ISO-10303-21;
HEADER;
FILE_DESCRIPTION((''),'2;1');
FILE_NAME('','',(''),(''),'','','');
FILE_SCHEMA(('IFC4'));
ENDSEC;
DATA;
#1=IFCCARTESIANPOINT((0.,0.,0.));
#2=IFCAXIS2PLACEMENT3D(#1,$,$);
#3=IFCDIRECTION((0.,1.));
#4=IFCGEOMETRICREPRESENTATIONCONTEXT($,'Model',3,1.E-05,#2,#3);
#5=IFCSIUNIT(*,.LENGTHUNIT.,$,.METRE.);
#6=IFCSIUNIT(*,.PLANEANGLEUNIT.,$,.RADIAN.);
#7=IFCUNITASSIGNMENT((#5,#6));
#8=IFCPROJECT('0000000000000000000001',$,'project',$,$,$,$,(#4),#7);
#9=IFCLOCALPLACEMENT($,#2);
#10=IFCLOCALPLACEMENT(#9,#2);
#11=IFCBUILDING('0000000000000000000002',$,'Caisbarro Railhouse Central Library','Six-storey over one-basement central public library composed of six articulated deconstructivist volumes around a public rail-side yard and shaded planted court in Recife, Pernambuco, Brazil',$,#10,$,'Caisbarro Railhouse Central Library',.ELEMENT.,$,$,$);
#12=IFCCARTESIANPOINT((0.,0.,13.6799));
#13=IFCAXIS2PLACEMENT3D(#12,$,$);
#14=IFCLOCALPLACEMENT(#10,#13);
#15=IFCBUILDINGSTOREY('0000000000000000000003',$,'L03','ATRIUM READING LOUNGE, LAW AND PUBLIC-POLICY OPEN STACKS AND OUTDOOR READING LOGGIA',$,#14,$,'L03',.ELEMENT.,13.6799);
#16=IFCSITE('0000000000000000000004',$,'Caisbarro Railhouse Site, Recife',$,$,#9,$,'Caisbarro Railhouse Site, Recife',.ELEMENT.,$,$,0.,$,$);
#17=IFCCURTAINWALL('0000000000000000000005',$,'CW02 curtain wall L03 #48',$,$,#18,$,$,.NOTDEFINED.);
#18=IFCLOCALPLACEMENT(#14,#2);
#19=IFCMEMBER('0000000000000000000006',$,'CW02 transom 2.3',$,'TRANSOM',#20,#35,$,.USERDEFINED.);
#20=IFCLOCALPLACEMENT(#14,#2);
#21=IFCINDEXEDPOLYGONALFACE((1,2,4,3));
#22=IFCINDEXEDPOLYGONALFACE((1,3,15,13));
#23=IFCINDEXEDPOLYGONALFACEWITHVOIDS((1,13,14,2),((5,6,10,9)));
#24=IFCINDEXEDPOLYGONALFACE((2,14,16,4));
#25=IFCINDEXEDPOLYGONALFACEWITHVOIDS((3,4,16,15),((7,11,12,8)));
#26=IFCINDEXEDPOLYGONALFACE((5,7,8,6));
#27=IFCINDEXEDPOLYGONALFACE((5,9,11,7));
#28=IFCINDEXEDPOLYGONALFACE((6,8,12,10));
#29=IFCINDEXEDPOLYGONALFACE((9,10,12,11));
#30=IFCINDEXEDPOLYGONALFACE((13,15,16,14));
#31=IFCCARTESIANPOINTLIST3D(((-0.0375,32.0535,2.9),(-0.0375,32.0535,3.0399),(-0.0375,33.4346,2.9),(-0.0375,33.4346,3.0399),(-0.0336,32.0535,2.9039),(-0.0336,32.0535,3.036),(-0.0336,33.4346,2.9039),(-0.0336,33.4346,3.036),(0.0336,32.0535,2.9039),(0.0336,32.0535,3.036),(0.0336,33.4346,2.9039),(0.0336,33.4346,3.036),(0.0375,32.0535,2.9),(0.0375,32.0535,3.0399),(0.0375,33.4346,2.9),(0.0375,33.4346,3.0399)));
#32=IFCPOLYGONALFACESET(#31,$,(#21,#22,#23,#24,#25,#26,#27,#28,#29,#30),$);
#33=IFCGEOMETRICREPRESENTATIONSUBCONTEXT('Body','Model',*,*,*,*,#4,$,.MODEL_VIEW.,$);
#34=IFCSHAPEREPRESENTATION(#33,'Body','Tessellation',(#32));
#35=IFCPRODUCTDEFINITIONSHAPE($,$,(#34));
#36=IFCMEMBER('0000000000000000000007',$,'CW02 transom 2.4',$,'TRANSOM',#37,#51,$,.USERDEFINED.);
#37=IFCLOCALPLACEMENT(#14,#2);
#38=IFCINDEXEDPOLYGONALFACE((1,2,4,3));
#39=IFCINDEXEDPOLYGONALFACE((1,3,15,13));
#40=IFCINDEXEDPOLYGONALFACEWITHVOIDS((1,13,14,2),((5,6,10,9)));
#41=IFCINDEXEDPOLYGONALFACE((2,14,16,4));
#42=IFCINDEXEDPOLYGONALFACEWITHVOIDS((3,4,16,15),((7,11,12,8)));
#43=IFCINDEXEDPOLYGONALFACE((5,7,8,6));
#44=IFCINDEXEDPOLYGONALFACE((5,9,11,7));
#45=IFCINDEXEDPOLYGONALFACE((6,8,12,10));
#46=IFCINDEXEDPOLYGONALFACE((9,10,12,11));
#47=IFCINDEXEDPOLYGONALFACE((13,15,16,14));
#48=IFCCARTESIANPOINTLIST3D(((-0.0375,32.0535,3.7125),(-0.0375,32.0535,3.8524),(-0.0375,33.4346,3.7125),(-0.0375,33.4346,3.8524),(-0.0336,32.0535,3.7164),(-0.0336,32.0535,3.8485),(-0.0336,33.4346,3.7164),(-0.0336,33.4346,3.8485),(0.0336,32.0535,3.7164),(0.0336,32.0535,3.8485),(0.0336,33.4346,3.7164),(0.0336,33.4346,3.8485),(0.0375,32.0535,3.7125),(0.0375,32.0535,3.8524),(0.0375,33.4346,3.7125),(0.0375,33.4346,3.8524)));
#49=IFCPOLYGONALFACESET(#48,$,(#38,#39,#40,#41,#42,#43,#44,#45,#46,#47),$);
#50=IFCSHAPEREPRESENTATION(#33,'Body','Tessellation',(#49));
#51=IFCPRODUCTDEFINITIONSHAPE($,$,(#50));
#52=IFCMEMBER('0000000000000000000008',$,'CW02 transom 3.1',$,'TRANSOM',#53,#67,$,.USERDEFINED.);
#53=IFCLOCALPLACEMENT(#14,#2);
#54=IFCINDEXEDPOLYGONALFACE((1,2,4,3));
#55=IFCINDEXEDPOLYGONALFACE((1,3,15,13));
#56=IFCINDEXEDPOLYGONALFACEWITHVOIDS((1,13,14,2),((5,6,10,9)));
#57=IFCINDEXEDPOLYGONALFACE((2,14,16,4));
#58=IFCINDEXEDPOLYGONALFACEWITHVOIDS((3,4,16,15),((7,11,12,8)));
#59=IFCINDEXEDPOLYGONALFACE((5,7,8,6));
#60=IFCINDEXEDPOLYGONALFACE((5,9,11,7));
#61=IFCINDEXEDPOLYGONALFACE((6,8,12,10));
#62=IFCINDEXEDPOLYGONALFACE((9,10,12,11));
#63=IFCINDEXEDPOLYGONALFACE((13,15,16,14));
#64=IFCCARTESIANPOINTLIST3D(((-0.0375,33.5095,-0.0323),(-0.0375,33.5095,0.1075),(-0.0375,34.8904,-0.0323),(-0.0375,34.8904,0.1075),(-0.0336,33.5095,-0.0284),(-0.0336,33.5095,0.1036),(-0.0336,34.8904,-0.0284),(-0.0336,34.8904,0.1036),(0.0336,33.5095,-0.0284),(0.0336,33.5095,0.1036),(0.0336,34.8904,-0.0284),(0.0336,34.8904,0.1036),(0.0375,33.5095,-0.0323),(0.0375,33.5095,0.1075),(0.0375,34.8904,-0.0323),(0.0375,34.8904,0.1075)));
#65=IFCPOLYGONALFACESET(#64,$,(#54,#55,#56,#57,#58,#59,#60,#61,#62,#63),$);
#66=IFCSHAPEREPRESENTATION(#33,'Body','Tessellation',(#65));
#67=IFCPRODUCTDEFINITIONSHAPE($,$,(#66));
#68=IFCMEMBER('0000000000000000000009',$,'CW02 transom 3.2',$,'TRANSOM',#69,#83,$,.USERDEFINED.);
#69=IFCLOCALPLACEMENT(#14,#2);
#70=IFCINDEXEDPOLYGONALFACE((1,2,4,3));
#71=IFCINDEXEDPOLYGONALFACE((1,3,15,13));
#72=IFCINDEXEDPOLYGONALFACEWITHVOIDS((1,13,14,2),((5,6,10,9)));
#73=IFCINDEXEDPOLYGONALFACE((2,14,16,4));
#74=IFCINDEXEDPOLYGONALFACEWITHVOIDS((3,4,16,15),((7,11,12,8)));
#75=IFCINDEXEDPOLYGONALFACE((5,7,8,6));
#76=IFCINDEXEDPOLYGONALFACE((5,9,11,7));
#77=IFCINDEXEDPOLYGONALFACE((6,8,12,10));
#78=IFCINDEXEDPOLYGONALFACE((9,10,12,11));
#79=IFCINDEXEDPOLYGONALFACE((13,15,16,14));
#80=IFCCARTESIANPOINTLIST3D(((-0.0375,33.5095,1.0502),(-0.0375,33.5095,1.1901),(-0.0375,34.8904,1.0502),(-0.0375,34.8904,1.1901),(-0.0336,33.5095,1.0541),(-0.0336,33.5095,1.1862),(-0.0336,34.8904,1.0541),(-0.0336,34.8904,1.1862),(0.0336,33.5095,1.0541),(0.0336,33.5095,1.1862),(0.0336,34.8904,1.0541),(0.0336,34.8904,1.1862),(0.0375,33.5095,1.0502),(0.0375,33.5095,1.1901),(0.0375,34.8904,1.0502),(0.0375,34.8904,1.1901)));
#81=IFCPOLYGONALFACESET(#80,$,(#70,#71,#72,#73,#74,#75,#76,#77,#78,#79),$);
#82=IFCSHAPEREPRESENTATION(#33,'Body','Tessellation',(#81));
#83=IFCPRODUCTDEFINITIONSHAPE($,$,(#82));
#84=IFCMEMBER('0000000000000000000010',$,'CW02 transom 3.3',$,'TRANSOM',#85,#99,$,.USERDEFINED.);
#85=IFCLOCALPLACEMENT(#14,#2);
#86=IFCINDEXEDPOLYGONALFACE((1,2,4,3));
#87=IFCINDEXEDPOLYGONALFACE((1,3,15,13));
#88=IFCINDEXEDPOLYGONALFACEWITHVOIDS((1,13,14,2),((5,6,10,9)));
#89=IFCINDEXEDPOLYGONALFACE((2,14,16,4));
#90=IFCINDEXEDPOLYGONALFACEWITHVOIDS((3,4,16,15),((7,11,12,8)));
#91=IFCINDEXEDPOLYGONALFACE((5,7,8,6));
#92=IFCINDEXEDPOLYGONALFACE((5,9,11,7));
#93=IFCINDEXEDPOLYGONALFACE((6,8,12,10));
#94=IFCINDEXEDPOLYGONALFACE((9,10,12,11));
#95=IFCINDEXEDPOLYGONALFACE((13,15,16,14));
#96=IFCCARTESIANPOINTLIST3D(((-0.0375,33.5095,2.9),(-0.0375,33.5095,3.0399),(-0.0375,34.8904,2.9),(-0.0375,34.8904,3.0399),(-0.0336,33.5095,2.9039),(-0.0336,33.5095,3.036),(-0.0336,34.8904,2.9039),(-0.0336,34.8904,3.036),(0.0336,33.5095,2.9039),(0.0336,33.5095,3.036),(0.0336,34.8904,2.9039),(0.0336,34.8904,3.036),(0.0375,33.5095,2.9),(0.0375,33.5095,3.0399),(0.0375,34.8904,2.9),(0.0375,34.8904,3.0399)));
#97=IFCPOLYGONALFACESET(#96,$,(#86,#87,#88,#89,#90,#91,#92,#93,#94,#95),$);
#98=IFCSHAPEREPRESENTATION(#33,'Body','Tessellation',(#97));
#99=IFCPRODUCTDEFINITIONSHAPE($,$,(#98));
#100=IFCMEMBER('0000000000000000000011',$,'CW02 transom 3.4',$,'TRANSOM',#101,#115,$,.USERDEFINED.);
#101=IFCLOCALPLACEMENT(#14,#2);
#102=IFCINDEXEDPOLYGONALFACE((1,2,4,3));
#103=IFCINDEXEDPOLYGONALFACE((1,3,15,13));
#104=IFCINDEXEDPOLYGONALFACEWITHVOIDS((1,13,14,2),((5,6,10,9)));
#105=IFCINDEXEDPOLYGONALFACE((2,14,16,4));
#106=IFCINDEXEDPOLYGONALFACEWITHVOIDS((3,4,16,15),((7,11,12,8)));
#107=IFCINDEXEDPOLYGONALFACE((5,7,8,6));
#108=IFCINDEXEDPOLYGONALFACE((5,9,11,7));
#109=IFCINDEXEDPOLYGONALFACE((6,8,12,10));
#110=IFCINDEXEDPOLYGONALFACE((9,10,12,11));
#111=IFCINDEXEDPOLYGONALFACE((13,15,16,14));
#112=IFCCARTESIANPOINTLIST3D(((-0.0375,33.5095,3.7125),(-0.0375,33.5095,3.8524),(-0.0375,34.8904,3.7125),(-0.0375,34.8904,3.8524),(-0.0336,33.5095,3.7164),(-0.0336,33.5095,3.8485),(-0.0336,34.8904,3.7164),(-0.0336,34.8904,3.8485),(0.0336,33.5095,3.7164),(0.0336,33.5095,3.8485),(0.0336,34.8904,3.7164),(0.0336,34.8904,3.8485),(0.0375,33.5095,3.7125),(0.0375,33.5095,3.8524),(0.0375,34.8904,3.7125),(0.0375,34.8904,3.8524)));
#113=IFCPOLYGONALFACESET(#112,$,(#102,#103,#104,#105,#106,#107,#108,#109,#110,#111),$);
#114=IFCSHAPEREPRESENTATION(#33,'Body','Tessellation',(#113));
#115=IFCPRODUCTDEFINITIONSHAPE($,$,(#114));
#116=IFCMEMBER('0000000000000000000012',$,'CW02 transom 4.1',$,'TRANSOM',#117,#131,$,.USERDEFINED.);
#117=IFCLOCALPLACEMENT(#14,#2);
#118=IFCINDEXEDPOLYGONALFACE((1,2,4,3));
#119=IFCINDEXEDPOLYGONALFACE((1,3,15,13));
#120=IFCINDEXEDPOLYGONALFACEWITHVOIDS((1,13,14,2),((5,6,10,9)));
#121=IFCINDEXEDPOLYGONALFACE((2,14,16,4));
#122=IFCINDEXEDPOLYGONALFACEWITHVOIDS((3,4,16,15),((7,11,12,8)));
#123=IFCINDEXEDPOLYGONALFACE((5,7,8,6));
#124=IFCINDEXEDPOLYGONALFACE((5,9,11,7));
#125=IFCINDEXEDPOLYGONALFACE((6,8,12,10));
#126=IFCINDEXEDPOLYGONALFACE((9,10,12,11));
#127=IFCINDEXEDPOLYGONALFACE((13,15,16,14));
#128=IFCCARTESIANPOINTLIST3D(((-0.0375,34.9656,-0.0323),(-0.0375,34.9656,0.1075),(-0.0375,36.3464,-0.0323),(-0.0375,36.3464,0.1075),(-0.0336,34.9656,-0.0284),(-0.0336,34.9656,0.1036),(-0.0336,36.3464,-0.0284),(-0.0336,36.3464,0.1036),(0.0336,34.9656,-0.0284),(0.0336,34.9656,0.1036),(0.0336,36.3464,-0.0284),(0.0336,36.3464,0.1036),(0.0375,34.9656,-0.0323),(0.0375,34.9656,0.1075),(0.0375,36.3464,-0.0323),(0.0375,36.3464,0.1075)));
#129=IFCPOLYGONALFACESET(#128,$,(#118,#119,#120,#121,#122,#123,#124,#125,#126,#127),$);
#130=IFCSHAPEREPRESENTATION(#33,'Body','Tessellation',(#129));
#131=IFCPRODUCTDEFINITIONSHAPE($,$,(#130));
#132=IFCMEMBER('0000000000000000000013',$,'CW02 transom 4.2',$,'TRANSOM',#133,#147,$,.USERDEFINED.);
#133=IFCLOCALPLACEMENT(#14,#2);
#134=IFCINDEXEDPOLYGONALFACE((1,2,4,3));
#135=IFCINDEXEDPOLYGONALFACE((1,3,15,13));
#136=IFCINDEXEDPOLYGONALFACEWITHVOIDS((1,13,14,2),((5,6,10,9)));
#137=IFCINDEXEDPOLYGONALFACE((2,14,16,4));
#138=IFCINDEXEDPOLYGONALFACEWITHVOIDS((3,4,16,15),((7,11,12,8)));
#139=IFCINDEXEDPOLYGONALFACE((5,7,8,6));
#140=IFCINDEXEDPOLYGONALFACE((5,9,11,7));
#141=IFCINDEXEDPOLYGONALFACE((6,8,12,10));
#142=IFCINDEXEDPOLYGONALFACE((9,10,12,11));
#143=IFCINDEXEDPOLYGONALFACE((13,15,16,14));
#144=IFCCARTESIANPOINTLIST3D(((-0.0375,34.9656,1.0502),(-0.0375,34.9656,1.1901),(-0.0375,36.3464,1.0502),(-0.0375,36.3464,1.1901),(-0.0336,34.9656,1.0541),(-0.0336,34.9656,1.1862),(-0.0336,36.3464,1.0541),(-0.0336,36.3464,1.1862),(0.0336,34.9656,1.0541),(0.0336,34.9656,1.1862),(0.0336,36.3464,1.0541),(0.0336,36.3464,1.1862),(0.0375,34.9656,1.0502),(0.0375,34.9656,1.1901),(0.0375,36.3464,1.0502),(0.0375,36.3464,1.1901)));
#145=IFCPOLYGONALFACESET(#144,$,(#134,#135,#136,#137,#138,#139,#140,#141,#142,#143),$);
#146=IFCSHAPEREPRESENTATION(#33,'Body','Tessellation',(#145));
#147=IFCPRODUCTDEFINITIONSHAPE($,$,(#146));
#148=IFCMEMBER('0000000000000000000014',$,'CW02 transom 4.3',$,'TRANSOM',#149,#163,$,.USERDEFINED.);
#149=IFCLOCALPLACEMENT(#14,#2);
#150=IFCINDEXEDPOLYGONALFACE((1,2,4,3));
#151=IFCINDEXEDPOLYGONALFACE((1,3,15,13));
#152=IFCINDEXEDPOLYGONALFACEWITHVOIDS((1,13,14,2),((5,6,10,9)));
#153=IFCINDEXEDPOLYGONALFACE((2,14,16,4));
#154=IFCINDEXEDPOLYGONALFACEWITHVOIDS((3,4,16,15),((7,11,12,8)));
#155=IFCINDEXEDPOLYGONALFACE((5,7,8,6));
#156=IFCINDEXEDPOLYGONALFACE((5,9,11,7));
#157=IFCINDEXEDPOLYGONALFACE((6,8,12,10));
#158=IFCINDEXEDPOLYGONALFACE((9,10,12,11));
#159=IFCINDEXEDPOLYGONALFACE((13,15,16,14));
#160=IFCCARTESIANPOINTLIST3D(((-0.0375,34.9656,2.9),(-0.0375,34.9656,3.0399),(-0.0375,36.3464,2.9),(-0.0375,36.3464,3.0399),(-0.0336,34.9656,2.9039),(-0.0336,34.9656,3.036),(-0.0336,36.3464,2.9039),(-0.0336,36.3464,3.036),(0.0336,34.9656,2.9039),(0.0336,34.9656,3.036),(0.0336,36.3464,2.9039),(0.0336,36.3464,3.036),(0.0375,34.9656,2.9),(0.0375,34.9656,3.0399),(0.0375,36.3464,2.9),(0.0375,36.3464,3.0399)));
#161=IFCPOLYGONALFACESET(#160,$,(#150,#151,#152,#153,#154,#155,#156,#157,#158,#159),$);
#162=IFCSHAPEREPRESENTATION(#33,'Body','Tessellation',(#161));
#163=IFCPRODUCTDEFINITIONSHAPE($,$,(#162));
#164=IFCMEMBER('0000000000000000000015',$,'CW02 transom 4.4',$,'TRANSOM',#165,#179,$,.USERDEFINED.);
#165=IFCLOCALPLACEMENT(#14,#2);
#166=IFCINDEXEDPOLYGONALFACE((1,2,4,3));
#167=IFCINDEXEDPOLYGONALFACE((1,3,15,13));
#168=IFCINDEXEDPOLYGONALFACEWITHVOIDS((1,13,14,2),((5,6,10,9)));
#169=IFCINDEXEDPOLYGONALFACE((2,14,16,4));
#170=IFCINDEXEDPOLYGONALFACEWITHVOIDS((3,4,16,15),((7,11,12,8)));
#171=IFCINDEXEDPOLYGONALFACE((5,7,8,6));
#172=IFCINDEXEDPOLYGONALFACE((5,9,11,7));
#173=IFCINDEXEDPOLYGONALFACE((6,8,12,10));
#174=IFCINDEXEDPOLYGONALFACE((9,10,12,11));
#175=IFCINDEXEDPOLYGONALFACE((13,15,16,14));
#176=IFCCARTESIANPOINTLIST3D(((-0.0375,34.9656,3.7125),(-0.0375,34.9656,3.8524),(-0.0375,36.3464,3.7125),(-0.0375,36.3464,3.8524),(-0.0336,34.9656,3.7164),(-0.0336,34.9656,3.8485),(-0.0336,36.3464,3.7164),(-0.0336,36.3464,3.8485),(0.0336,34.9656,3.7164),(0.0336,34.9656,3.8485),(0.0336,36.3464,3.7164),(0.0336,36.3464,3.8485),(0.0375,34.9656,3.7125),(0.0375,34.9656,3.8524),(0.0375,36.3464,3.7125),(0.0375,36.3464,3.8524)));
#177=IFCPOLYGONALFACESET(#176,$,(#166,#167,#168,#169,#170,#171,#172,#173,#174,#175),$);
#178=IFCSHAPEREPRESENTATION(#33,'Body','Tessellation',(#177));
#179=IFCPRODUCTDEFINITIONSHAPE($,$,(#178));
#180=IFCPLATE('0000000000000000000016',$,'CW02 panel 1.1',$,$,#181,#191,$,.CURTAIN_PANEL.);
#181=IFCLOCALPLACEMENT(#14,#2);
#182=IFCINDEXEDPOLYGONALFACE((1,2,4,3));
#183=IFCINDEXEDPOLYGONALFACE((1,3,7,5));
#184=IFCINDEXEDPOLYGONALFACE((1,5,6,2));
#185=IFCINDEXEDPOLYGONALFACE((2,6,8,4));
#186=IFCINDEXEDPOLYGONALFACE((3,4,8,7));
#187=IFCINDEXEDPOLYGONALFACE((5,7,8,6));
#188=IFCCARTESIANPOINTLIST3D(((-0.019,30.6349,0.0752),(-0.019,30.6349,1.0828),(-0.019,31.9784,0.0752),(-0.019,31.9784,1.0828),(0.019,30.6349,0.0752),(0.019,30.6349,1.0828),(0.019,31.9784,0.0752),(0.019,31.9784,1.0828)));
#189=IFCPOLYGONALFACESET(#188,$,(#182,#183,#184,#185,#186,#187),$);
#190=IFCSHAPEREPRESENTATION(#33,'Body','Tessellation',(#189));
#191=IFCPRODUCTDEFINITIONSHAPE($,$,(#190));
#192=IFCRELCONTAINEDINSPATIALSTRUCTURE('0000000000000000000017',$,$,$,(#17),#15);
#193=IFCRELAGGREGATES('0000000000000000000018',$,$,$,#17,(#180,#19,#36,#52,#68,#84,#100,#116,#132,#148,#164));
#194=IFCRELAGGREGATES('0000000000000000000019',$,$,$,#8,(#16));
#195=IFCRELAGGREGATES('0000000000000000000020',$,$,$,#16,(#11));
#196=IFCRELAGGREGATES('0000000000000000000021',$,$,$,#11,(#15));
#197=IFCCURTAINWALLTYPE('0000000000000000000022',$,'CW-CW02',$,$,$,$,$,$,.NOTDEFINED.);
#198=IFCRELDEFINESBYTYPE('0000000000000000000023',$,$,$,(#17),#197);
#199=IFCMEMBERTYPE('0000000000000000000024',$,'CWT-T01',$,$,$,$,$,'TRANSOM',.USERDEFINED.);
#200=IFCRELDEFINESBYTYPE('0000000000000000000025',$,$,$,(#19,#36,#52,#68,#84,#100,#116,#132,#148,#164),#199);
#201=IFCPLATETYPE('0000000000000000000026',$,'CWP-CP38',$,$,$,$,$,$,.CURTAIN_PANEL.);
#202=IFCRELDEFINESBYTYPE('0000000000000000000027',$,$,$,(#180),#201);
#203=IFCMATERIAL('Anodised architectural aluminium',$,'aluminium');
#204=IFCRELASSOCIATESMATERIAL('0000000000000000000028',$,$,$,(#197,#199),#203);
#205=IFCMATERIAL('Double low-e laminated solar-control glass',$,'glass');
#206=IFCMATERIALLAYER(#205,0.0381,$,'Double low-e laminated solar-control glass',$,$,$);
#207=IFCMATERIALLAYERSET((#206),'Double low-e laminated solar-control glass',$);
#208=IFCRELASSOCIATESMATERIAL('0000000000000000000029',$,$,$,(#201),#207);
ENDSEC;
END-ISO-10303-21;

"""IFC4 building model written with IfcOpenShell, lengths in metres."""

from ifc_helpers import new_model, si_unit, direction, frame, origin, origin_2d, place, context, subcontext, project, spatial, rectangle, hollow_rectangle, extrude, material, layer, layer_set, material_profile, profile_set, type_object, element, aggregate, save


model = new_model("IFC4")

# Units and contexts
model_context = context("Model", 3, precision=1e-05, world=origin(), true_north=direction((0.0, 1.0)))
body_context = subcontext(model_context, "Body", "Model", "MODEL_VIEW")
ifc_project = project(units=[si_unit("LENGTHUNIT", "METRE"), si_unit("PLANEANGLEUNIT", "RADIAN")], contexts=[model_context])

# Site, building, storey
site_placement = place(None, origin())
site = spatial("IfcSite", under=ifc_project, at=site_placement, Name="Caisbarro Railhouse Site, Recife", LongName="Caisbarro Railhouse Site, Recife", CompositionType="ELEMENT", RefElevation=0.0)
building_placement = place(site_placement, origin())
building = spatial("IfcBuilding", under=site, at=building_placement, Name="Caisbarro Railhouse Central Library", Description="Six-storey over one-basement central public library composed of six articulated deconstructivist volumes around a public rail-side yard and shaded planted court in Recife, Pernambuco, Brazil", LongName="Caisbarro Railhouse Central Library", CompositionType="ELEMENT")
storey_placement = place(building_placement, frame((0.0, 0.0, 13.6799)))
storey = spatial("IfcBuildingStorey", under=building, at=storey_placement, Name="L03", Description="ATRIUM READING LOUNGE, LAW AND PUBLIC-POLICY OPEN STACKS AND OUTDOOR READING LOGGIA", LongName="L03", CompositionType="ELEMENT", Elevation=13.6799)

# Curtain wall, members, plate
ifc_material_1 = material(Name="Anodised architectural aluminium", Category="aluminium")
curtain_wall_type = type_object("IfcCurtainWallType", Name="CW-CW02", PredefinedType="NOTDEFINED", material=ifc_material_1)
curtain_wall_placement = place(storey_placement, origin())
curtain_wall = element("IfcCurtainWall", 1, at=curtain_wall_placement, inside=storey, type_object=curtain_wall_type, Name="CW02 curtain wall L03 #48", PredefinedType="NOTDEFINED")
ifc_material_profile_1 = material_profile(ifc_material_1, hollow_rectangle(XDim=0.075, YDim=0.1399, WallThickness=0.0039, at=origin_2d()), Name="ALU-TRN-75X140")
ifc_profile_set_1 = profile_set([ifc_material_profile_1], Name="Anodised architectural aluminium")
member_type_1 = type_object("IfcMemberType", Name="CWT-T01", ElementType="TRANSOM", PredefinedType="USERDEFINED", material=ifc_profile_set_1)
member_1_placement = place(storey_placement, frame((0.0, 32.0535, 2.97), z_axis=(0.0, 1.0, 0.0), x_axis=(-1.0, 0.0, 0.0)))
member_1 = element("IfcMember", 2, at=member_1_placement, type_object=member_type_1, Name="CW02 transom 2.3", ObjectType="TRANSOM", PredefinedType="USERDEFINED", context=body_context, shape_type="SweptSolid", body=[
    extrude(hollow_rectangle(XDim=0.075, YDim=0.1399, WallThickness=0.0039, at=origin_2d()), origin(), (0.0, 0.0, 1.0), 1.3811),
])
member_2_placement = place(storey_placement, frame((0.0, 32.0535, 3.7825), z_axis=(0.0, 1.0, 0.0), x_axis=(-1.0, 0.0, 0.0)))
member_2 = element("IfcMember", 3, at=member_2_placement, type_object=member_type_1, Name="CW02 transom 2.4", ObjectType="TRANSOM", PredefinedType="USERDEFINED", context=body_context, shape_type="SweptSolid", body=[
    extrude(hollow_rectangle(XDim=0.075, YDim=0.1399, WallThickness=0.0039, at=origin_2d()), origin(), (0.0, 0.0, 1.0), 1.3811),
])
member_3_placement = place(storey_placement, frame((0.0, 33.5095, 0.0376), z_axis=(0.0, 1.0, 0.0), x_axis=(-1.0, 0.0, 0.0)))
member_3 = element("IfcMember", 4, at=member_3_placement, type_object=member_type_1, Name="CW02 transom 3.1", ObjectType="TRANSOM", PredefinedType="USERDEFINED", context=body_context, shape_type="SweptSolid", body=[
    extrude(hollow_rectangle(XDim=0.075, YDim=0.1399, WallThickness=0.0039, at=origin_2d()), origin(), (0.0, 0.0, 1.0), 1.3809),
])
member_4_placement = place(storey_placement, frame((0.0, 33.5095, 1.1201), z_axis=(0.0, 1.0, 0.0), x_axis=(-1.0, 0.0, 0.0)))
member_4 = element("IfcMember", 5, at=member_4_placement, type_object=member_type_1, Name="CW02 transom 3.2", ObjectType="TRANSOM", PredefinedType="USERDEFINED", context=body_context, shape_type="SweptSolid", body=[
    extrude(hollow_rectangle(XDim=0.075, YDim=0.1399, WallThickness=0.0039, at=origin_2d()), origin(), (0.0, 0.0, 1.0), 1.3809),
])
member_5_placement = place(storey_placement, frame((0.0, 33.5095, 2.97), z_axis=(0.0, 1.0, 0.0), x_axis=(-1.0, 0.0, 0.0)))
member_5 = element("IfcMember", 6, at=member_5_placement, type_object=member_type_1, Name="CW02 transom 3.3", ObjectType="TRANSOM", PredefinedType="USERDEFINED", context=body_context, shape_type="SweptSolid", body=[
    extrude(hollow_rectangle(XDim=0.075, YDim=0.1399, WallThickness=0.0039, at=origin_2d()), origin(), (0.0, 0.0, 1.0), 1.3809),
])
member_6_placement = place(storey_placement, frame((0.0, 33.5095, 3.7825), z_axis=(0.0, 1.0, 0.0), x_axis=(-1.0, 0.0, 0.0)))
member_6 = element("IfcMember", 7, at=member_6_placement, type_object=member_type_1, Name="CW02 transom 3.4", ObjectType="TRANSOM", PredefinedType="USERDEFINED", context=body_context, shape_type="SweptSolid", body=[
    extrude(hollow_rectangle(XDim=0.075, YDim=0.1399, WallThickness=0.0039, at=origin_2d()), origin(), (0.0, 0.0, 1.0), 1.3809),
])
member_7_placement = place(storey_placement, frame((0.0, 34.9656, 0.0376), z_axis=(0.0, 1.0, 0.0), x_axis=(-1.0, 0.0, 0.0)))
member_7 = element("IfcMember", 8, at=member_7_placement, type_object=member_type_1, Name="CW02 transom 4.1", ObjectType="TRANSOM", PredefinedType="USERDEFINED", context=body_context, shape_type="SweptSolid", body=[
    extrude(hollow_rectangle(XDim=0.075, YDim=0.1399, WallThickness=0.0039, at=origin_2d()), origin(), (0.0, 0.0, 1.0), 1.3809),
])
member_8_placement = place(storey_placement, frame((0.0, 34.9656, 1.1201), z_axis=(0.0, 1.0, 0.0), x_axis=(-1.0, 0.0, 0.0)))
member_8 = element("IfcMember", 9, at=member_8_placement, type_object=member_type_1, Name="CW02 transom 4.2", ObjectType="TRANSOM", PredefinedType="USERDEFINED", context=body_context, shape_type="SweptSolid", body=[
    extrude(hollow_rectangle(XDim=0.075, YDim=0.1399, WallThickness=0.0039, at=origin_2d()), origin(), (0.0, 0.0, 1.0), 1.3809),
])
member_9_placement = place(storey_placement, frame((0.0, 34.9656, 2.97), z_axis=(0.0, 1.0, 0.0), x_axis=(-1.0, 0.0, 0.0)))
member_9 = element("IfcMember", 10, at=member_9_placement, type_object=member_type_1, Name="CW02 transom 4.3", ObjectType="TRANSOM", PredefinedType="USERDEFINED", context=body_context, shape_type="SweptSolid", body=[
    extrude(hollow_rectangle(XDim=0.075, YDim=0.1399, WallThickness=0.0039, at=origin_2d()), origin(), (0.0, 0.0, 1.0), 1.3809),
])
member_10_placement = place(storey_placement, frame((0.0, 34.9656, 3.7825), z_axis=(0.0, 1.0, 0.0), x_axis=(-1.0, 0.0, 0.0)))
member_10 = element("IfcMember", 11, at=member_10_placement, type_object=member_type_1, Name="CW02 transom 4.4", ObjectType="TRANSOM", PredefinedType="USERDEFINED", context=body_context, shape_type="SweptSolid", body=[
    extrude(hollow_rectangle(XDim=0.075, YDim=0.1399, WallThickness=0.0039, at=origin_2d()), origin(), (0.0, 0.0, 1.0), 1.3809),
])
ifc_material_2 = material(Name="Double low-e laminated solar-control glass", Category="glass")
ifc_layer_1 = layer(ifc_material_2, 0.0381, Name="Double low-e laminated solar-control glass")
ifc_layer_set_1 = layer_set([ifc_layer_1], Name="Double low-e laminated solar-control glass")
plate_type_1 = type_object("IfcPlateType", Name="CWP-CP38", PredefinedType="CURTAIN_PANEL", material=ifc_layer_set_1)
plate_1_placement = place(storey_placement, frame((0.0, 31.3066, 0.0752), z_axis=(0.0, 0.0, 1.0), x_axis=(0.0, 1.0, 0.0)))
plate_1 = element("IfcPlate", 12, at=plate_1_placement, type_object=plate_type_1, Name="CW02 panel 1.1", PredefinedType="CURTAIN_PANEL", context=body_context, shape_type="SweptSolid", body=[
    extrude(rectangle(XDim=1.3435, YDim=0.0381, at=origin_2d()), origin(), (0.0, 0.0, 1.0), 1.0076),
])
aggregate(curtain_wall, [plate_1, member_1, member_2, member_3, member_4, member_5, member_6, member_7, member_8, member_9, member_10])

save(model, "model.ifc")
